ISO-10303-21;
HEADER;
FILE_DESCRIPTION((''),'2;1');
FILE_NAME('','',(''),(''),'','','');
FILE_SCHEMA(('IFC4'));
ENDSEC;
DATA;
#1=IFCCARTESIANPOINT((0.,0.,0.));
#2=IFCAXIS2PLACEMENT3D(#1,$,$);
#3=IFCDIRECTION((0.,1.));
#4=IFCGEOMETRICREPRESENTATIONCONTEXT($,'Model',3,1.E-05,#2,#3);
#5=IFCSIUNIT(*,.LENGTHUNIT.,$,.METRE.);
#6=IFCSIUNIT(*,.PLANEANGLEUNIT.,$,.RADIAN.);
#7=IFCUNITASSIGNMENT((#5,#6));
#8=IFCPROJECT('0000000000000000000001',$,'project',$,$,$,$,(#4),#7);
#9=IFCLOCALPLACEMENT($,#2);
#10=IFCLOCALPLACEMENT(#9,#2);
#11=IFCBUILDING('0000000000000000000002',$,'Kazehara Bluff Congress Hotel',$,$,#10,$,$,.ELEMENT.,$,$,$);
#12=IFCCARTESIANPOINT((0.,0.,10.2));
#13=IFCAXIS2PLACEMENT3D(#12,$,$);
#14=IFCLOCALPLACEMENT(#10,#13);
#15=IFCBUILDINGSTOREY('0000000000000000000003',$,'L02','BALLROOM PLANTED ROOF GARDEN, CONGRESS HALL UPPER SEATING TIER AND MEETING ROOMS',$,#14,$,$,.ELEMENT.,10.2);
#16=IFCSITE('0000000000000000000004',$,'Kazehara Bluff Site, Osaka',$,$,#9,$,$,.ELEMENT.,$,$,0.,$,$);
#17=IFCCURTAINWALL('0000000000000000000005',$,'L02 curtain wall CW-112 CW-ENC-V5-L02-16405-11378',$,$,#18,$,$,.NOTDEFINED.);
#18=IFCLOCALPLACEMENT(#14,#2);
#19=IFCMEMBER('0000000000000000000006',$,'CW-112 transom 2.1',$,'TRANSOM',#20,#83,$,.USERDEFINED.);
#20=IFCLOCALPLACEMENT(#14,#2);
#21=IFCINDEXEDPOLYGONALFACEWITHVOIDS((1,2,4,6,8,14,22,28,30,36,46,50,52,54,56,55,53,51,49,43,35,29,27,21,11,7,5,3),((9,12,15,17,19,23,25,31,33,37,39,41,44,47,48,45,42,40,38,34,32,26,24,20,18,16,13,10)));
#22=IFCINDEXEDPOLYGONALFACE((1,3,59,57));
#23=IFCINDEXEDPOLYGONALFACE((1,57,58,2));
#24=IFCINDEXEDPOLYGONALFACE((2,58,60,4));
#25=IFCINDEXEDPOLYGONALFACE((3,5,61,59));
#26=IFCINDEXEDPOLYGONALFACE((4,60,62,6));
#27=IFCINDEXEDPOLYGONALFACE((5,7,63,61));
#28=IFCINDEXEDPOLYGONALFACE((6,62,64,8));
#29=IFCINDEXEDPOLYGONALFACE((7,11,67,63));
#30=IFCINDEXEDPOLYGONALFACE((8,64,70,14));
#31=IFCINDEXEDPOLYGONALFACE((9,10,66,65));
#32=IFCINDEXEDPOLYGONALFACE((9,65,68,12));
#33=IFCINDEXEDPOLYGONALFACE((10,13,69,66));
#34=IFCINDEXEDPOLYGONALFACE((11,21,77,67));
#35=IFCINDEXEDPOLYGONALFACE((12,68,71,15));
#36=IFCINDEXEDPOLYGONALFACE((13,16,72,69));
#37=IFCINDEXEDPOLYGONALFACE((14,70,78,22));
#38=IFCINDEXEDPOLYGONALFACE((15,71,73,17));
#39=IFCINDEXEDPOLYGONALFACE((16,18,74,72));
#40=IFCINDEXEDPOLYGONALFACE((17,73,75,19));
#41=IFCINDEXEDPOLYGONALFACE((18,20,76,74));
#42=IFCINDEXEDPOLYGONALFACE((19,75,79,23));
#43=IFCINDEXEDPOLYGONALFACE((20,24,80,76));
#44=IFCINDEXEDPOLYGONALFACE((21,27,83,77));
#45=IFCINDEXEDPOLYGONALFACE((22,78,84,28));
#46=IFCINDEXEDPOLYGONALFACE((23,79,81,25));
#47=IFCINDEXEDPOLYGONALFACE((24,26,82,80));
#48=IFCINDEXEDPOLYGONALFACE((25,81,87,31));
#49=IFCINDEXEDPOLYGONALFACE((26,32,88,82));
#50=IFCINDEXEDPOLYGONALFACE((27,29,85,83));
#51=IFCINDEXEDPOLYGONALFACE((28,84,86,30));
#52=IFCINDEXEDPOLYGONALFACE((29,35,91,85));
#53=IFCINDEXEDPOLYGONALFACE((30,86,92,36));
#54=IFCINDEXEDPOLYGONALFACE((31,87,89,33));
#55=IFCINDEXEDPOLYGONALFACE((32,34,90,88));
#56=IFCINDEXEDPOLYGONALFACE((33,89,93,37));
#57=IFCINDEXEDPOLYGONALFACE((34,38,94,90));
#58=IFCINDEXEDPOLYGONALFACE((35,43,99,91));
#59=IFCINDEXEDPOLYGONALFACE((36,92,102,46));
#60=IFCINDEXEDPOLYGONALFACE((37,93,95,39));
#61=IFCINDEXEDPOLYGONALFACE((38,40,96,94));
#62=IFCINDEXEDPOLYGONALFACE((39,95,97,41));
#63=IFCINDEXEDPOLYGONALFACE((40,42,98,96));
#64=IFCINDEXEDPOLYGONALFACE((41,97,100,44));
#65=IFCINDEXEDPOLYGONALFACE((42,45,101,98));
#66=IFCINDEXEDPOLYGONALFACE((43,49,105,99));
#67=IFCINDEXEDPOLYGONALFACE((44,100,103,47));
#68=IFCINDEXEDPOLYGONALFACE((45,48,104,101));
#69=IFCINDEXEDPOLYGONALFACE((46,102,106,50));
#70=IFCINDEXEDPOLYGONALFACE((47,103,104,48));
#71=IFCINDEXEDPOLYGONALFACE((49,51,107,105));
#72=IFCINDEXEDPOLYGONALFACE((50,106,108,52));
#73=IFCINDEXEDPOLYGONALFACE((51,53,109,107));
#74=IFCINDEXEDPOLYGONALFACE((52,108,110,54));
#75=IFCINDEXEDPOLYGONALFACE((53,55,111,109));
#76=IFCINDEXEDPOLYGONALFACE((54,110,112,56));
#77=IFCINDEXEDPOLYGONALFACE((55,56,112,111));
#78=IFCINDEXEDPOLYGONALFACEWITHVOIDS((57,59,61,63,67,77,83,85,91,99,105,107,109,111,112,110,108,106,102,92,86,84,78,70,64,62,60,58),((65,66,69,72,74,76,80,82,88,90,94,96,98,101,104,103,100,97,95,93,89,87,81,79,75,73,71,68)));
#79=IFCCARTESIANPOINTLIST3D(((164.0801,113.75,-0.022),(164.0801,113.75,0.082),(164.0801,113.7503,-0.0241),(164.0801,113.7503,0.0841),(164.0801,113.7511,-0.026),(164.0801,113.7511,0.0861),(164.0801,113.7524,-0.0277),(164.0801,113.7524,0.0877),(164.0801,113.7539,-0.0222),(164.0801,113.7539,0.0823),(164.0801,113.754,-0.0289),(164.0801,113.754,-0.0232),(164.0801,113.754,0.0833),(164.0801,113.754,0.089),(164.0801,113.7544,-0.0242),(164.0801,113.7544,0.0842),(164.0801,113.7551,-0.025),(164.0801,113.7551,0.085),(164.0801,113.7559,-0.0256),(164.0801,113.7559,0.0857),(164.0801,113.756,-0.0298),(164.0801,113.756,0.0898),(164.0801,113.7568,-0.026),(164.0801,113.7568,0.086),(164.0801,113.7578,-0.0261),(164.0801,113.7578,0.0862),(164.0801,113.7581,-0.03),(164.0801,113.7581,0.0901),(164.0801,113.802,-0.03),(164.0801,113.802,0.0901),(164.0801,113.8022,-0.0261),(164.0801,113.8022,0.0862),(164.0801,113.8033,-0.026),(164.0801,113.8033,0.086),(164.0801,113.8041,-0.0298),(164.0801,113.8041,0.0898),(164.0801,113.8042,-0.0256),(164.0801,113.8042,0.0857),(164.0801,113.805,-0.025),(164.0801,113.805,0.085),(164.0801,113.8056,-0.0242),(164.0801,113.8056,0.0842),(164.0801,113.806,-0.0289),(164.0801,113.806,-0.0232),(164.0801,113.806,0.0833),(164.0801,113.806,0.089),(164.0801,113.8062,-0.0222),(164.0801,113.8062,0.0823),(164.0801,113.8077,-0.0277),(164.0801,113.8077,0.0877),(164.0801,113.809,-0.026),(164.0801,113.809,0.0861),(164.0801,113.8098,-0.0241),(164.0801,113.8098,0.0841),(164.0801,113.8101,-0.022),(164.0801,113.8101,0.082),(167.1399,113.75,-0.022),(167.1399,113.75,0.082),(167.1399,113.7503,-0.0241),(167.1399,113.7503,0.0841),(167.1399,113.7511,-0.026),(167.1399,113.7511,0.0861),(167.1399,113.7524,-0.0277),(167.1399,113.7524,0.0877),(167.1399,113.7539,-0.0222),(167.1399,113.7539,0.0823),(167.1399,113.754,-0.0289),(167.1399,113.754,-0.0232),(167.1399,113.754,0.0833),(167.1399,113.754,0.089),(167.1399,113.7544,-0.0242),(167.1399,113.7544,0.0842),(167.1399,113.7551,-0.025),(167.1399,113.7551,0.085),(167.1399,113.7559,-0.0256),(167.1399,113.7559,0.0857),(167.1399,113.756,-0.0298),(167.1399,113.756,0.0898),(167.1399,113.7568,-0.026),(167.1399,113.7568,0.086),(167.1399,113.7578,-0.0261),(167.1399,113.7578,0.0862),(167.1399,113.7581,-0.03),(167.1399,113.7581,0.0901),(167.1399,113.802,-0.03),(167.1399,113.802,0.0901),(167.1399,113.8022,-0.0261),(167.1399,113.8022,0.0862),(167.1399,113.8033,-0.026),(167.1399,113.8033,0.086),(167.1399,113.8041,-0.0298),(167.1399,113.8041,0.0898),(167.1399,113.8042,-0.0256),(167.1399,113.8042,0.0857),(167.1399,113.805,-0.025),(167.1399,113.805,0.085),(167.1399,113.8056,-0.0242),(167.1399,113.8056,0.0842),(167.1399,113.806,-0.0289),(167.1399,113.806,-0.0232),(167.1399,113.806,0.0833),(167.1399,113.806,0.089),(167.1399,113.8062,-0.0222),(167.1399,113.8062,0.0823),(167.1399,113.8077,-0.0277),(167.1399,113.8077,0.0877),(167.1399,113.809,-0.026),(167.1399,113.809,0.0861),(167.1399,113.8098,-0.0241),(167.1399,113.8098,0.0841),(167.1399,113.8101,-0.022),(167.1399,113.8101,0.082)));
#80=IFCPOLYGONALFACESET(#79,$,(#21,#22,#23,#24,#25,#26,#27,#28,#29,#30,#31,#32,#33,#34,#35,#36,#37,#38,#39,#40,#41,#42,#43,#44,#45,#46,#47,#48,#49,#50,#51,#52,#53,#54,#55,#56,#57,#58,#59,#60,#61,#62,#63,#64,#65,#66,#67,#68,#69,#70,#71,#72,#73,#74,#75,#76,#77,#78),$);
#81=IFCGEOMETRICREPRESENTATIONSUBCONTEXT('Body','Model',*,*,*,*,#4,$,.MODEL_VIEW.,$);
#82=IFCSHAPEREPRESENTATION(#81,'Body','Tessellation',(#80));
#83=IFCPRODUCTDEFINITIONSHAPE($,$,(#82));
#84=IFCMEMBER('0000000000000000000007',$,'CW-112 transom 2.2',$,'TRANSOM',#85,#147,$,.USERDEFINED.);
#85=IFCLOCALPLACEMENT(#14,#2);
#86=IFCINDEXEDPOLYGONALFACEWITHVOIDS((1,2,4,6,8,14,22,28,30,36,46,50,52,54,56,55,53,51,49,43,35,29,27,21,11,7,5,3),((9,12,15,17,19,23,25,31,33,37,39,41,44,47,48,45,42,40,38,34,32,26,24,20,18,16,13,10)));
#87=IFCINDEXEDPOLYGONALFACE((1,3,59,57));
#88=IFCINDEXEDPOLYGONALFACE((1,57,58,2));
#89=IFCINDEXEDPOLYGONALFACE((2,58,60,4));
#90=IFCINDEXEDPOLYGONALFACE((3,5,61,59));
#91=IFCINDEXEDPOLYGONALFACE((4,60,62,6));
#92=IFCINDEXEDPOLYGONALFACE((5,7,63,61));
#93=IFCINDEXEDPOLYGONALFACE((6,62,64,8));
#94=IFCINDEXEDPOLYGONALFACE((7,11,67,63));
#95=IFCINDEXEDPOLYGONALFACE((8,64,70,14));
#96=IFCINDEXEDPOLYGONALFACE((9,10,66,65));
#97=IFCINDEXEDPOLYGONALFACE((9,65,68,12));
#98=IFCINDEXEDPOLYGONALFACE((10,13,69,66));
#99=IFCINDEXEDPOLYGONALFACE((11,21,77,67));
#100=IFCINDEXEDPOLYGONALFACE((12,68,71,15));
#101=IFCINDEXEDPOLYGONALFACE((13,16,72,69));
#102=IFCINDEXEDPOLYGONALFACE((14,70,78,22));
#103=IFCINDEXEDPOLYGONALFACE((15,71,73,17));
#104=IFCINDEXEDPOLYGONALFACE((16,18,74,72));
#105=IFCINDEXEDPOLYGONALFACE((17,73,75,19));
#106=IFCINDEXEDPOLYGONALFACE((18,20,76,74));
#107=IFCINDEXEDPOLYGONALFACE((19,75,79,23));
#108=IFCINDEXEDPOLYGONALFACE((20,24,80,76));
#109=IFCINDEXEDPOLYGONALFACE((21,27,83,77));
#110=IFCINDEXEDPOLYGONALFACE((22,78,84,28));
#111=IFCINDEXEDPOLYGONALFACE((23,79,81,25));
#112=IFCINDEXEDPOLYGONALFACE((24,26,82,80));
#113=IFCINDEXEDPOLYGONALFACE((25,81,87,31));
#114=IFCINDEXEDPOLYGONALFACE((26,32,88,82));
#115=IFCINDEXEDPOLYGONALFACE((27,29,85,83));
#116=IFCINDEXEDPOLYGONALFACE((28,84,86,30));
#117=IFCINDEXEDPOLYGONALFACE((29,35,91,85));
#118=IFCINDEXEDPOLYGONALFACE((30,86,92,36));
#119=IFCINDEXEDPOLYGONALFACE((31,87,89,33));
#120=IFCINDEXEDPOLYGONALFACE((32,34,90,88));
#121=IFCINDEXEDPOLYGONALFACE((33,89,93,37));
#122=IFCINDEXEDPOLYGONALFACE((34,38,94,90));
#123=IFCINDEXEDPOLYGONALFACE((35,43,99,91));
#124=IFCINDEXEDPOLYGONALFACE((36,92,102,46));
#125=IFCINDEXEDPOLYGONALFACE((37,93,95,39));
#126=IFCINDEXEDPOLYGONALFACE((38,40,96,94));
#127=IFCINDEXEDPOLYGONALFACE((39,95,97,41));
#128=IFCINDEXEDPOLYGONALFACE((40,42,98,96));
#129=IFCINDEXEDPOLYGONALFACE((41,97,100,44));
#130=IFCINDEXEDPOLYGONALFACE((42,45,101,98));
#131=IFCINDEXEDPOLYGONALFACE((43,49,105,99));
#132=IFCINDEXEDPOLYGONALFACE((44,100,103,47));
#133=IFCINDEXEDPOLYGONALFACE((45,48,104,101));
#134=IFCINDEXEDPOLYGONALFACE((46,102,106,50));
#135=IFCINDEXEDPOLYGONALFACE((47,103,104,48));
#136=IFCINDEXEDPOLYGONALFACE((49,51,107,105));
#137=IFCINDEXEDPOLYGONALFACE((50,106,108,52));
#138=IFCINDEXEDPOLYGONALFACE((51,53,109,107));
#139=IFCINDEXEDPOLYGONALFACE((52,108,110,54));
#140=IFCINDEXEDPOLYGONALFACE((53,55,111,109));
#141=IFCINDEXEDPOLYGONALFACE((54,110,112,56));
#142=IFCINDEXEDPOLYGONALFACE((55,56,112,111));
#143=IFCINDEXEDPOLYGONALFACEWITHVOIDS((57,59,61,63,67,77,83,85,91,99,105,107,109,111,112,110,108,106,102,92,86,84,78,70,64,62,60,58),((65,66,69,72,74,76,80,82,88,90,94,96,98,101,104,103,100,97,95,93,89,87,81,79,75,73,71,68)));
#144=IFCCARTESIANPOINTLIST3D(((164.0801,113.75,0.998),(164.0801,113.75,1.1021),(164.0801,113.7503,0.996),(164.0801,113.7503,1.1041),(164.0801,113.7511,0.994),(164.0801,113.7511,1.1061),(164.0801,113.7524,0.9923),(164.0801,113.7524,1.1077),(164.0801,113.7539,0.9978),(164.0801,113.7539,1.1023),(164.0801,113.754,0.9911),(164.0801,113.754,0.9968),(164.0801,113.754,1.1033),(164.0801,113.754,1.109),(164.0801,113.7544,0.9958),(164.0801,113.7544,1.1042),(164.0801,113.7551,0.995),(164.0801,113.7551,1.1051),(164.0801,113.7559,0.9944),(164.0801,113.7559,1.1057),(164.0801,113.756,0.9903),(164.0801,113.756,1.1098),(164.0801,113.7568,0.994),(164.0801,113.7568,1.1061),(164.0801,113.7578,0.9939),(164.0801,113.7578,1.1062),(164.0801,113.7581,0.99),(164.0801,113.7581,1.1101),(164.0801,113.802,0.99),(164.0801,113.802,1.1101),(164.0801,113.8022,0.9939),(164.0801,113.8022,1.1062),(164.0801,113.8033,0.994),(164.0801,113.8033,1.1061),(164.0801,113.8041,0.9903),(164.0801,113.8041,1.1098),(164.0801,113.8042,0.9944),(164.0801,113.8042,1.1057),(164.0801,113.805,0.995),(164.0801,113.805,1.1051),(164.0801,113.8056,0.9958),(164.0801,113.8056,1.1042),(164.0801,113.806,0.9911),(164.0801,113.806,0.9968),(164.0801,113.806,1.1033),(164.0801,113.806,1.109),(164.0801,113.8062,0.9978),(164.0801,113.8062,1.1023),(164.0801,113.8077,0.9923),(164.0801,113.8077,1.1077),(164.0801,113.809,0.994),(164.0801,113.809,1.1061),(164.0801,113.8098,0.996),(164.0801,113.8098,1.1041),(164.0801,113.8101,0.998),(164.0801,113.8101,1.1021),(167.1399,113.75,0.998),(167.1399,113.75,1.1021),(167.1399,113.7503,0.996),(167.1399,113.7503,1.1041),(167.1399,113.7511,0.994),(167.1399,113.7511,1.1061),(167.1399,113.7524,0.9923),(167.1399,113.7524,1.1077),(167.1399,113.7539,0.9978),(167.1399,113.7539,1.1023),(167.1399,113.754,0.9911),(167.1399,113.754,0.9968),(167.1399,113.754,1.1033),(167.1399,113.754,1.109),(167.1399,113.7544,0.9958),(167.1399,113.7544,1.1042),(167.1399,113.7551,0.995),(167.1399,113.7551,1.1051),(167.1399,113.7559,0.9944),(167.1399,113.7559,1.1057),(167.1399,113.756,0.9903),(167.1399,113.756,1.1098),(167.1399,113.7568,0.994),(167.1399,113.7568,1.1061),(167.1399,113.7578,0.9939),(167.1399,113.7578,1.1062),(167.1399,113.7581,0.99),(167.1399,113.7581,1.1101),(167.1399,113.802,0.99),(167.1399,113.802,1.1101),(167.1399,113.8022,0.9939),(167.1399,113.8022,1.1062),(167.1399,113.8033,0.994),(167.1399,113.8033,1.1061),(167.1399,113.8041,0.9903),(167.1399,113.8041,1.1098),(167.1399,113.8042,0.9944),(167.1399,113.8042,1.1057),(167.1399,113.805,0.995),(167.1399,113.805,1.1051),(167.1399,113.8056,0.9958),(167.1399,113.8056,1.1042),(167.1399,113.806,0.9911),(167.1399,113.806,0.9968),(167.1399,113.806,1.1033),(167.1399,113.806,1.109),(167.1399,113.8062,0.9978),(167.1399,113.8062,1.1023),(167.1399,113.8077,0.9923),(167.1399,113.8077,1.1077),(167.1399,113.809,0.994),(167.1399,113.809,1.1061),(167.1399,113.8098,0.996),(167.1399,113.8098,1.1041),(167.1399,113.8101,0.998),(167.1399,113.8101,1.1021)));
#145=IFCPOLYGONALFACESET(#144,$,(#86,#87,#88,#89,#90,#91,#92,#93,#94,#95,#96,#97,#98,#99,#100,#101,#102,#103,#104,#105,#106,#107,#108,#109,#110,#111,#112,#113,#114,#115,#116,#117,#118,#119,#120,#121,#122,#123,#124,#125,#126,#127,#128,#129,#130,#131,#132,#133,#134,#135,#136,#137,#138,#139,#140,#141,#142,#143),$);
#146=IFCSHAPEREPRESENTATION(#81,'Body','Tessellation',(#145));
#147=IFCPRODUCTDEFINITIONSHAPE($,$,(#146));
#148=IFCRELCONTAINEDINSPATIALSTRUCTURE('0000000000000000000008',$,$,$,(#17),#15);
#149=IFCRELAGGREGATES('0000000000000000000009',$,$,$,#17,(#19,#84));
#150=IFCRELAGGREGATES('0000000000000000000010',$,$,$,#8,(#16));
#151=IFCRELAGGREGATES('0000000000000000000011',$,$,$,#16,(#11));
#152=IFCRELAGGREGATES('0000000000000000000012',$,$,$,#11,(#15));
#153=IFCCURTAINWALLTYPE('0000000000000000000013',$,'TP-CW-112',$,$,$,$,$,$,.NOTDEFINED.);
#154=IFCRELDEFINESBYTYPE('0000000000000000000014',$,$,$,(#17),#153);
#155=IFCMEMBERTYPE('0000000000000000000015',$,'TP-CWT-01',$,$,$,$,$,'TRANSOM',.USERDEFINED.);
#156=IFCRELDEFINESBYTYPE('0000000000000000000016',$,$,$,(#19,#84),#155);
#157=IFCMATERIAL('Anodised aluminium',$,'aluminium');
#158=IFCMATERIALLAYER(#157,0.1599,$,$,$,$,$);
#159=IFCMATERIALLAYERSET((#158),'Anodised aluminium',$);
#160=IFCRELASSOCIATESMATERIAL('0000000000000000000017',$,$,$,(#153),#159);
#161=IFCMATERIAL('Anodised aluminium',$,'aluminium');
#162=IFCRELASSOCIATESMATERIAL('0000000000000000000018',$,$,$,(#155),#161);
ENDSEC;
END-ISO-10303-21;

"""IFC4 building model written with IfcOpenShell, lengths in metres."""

from ifc_helpers import new_model, si_unit, direction, frame, origin, origin_2d, place, context, subcontext, project, spatial, hollow_rectangle, extrude, material, layer, layer_set, material_profile, profile_set, type_object, element, aggregate, save


model = new_model("IFC4")

# Units and contexts
model_context = context("Model", 3, precision=1e-05, world=origin(), true_north=direction((0.0, 1.0)))
body_context = subcontext(model_context, "Body", "Model", "MODEL_VIEW")
ifc_project = project(units=[si_unit("LENGTHUNIT", "METRE"), si_unit("PLANEANGLEUNIT", "RADIAN")], contexts=[model_context])

# Site, building, storey
site_placement = place(None, origin())
site = spatial("IfcSite", under=ifc_project, at=site_placement, Name="Kazehara Bluff Site, Osaka", CompositionType="ELEMENT", RefElevation=0.0)
building_placement = place(site_placement, origin())
building = spatial("IfcBuilding", under=site, at=building_placement, Name="Kazehara Bluff Congress Hotel", CompositionType="ELEMENT")
storey_placement = place(building_placement, frame((0.0, 0.0, 10.2)))
storey = spatial("IfcBuildingStorey", under=building, at=storey_placement, Name="L02", Description="BALLROOM PLANTED ROOF GARDEN, CONGRESS HALL UPPER SEATING TIER AND MEETING ROOMS", CompositionType="ELEMENT", Elevation=10.2)

# Curtain wall
ifc_material_1 = material(Name="Anodised aluminium", Category="aluminium")
ifc_layer_1 = layer(ifc_material_1, 0.1599)
ifc_layer_set_1 = layer_set([ifc_layer_1], Name="Anodised aluminium")
curtain_wall_type_1 = type_object("IfcCurtainWallType", Name="TP-CW-112", PredefinedType="NOTDEFINED", material=ifc_layer_set_1)
curtain_wall_1_placement = place(storey_placement, origin())
curtain_wall_1 = element("IfcCurtainWall", 1, at=curtain_wall_1_placement, inside=storey, type_object=curtain_wall_type_1, Name="L02 curtain wall CW-112 CW-ENC-V5-L02-16405-11378", PredefinedType="NOTDEFINED")

# Members
ifc_material_2 = material(Name="Anodised aluminium", Category="aluminium")
ifc_material_profile_1 = material_profile(ifc_material_2, hollow_rectangle(XDim=0.0601, YDim=0.1201, WallThickness=0.0039, InnerFilletRadius=0.0039, OuterFilletRadius=0.0081, at=origin_2d()))
ifc_profile_set_1 = profile_set([ifc_material_profile_1], Name="Anodised aluminium")
member_type_1 = type_object("IfcMemberType", Name="TP-CWT-01", ElementType="TRANSOM", PredefinedType="USERDEFINED", material=ifc_profile_set_1)
member_1_placement = place(storey_placement, frame((164.0801, 113.78, 0.03), z_axis=(1.0, 0.0, 0.0), x_axis=(0.0, 1.0, 0.0)))
member_1 = element("IfcMember", 2, at=member_1_placement, type_object=member_type_1, Name="CW-112 transom 2.1", ObjectType="TRANSOM", PredefinedType="USERDEFINED", context=body_context, shape_type="SweptSolid", body=[
    extrude(hollow_rectangle(XDim=0.0601, YDim=0.1201, WallThickness=0.0039, InnerFilletRadius=0.0039, OuterFilletRadius=0.0081, at=origin_2d()), origin(), (0.0, 0.0, 1.0), 3.0598),
])
member_2_placement = place(storey_placement, frame((164.0801, 113.78, 1.05), z_axis=(1.0, 0.0, 0.0), x_axis=(0.0, 1.0, 0.0)))
member_2 = element("IfcMember", 3, at=member_2_placement, type_object=member_type_1, Name="CW-112 transom 2.2", ObjectType="TRANSOM", PredefinedType="USERDEFINED", context=body_context, shape_type="SweptSolid", body=[
    extrude(hollow_rectangle(XDim=0.0601, YDim=0.1201, WallThickness=0.0039, InnerFilletRadius=0.0039, OuterFilletRadius=0.0081, at=origin_2d()), origin(), (0.0, 0.0, 1.0), 3.0598),
])

aggregate(curtain_wall_1, [member_1, member_2])

save(model, "model.ifc")
